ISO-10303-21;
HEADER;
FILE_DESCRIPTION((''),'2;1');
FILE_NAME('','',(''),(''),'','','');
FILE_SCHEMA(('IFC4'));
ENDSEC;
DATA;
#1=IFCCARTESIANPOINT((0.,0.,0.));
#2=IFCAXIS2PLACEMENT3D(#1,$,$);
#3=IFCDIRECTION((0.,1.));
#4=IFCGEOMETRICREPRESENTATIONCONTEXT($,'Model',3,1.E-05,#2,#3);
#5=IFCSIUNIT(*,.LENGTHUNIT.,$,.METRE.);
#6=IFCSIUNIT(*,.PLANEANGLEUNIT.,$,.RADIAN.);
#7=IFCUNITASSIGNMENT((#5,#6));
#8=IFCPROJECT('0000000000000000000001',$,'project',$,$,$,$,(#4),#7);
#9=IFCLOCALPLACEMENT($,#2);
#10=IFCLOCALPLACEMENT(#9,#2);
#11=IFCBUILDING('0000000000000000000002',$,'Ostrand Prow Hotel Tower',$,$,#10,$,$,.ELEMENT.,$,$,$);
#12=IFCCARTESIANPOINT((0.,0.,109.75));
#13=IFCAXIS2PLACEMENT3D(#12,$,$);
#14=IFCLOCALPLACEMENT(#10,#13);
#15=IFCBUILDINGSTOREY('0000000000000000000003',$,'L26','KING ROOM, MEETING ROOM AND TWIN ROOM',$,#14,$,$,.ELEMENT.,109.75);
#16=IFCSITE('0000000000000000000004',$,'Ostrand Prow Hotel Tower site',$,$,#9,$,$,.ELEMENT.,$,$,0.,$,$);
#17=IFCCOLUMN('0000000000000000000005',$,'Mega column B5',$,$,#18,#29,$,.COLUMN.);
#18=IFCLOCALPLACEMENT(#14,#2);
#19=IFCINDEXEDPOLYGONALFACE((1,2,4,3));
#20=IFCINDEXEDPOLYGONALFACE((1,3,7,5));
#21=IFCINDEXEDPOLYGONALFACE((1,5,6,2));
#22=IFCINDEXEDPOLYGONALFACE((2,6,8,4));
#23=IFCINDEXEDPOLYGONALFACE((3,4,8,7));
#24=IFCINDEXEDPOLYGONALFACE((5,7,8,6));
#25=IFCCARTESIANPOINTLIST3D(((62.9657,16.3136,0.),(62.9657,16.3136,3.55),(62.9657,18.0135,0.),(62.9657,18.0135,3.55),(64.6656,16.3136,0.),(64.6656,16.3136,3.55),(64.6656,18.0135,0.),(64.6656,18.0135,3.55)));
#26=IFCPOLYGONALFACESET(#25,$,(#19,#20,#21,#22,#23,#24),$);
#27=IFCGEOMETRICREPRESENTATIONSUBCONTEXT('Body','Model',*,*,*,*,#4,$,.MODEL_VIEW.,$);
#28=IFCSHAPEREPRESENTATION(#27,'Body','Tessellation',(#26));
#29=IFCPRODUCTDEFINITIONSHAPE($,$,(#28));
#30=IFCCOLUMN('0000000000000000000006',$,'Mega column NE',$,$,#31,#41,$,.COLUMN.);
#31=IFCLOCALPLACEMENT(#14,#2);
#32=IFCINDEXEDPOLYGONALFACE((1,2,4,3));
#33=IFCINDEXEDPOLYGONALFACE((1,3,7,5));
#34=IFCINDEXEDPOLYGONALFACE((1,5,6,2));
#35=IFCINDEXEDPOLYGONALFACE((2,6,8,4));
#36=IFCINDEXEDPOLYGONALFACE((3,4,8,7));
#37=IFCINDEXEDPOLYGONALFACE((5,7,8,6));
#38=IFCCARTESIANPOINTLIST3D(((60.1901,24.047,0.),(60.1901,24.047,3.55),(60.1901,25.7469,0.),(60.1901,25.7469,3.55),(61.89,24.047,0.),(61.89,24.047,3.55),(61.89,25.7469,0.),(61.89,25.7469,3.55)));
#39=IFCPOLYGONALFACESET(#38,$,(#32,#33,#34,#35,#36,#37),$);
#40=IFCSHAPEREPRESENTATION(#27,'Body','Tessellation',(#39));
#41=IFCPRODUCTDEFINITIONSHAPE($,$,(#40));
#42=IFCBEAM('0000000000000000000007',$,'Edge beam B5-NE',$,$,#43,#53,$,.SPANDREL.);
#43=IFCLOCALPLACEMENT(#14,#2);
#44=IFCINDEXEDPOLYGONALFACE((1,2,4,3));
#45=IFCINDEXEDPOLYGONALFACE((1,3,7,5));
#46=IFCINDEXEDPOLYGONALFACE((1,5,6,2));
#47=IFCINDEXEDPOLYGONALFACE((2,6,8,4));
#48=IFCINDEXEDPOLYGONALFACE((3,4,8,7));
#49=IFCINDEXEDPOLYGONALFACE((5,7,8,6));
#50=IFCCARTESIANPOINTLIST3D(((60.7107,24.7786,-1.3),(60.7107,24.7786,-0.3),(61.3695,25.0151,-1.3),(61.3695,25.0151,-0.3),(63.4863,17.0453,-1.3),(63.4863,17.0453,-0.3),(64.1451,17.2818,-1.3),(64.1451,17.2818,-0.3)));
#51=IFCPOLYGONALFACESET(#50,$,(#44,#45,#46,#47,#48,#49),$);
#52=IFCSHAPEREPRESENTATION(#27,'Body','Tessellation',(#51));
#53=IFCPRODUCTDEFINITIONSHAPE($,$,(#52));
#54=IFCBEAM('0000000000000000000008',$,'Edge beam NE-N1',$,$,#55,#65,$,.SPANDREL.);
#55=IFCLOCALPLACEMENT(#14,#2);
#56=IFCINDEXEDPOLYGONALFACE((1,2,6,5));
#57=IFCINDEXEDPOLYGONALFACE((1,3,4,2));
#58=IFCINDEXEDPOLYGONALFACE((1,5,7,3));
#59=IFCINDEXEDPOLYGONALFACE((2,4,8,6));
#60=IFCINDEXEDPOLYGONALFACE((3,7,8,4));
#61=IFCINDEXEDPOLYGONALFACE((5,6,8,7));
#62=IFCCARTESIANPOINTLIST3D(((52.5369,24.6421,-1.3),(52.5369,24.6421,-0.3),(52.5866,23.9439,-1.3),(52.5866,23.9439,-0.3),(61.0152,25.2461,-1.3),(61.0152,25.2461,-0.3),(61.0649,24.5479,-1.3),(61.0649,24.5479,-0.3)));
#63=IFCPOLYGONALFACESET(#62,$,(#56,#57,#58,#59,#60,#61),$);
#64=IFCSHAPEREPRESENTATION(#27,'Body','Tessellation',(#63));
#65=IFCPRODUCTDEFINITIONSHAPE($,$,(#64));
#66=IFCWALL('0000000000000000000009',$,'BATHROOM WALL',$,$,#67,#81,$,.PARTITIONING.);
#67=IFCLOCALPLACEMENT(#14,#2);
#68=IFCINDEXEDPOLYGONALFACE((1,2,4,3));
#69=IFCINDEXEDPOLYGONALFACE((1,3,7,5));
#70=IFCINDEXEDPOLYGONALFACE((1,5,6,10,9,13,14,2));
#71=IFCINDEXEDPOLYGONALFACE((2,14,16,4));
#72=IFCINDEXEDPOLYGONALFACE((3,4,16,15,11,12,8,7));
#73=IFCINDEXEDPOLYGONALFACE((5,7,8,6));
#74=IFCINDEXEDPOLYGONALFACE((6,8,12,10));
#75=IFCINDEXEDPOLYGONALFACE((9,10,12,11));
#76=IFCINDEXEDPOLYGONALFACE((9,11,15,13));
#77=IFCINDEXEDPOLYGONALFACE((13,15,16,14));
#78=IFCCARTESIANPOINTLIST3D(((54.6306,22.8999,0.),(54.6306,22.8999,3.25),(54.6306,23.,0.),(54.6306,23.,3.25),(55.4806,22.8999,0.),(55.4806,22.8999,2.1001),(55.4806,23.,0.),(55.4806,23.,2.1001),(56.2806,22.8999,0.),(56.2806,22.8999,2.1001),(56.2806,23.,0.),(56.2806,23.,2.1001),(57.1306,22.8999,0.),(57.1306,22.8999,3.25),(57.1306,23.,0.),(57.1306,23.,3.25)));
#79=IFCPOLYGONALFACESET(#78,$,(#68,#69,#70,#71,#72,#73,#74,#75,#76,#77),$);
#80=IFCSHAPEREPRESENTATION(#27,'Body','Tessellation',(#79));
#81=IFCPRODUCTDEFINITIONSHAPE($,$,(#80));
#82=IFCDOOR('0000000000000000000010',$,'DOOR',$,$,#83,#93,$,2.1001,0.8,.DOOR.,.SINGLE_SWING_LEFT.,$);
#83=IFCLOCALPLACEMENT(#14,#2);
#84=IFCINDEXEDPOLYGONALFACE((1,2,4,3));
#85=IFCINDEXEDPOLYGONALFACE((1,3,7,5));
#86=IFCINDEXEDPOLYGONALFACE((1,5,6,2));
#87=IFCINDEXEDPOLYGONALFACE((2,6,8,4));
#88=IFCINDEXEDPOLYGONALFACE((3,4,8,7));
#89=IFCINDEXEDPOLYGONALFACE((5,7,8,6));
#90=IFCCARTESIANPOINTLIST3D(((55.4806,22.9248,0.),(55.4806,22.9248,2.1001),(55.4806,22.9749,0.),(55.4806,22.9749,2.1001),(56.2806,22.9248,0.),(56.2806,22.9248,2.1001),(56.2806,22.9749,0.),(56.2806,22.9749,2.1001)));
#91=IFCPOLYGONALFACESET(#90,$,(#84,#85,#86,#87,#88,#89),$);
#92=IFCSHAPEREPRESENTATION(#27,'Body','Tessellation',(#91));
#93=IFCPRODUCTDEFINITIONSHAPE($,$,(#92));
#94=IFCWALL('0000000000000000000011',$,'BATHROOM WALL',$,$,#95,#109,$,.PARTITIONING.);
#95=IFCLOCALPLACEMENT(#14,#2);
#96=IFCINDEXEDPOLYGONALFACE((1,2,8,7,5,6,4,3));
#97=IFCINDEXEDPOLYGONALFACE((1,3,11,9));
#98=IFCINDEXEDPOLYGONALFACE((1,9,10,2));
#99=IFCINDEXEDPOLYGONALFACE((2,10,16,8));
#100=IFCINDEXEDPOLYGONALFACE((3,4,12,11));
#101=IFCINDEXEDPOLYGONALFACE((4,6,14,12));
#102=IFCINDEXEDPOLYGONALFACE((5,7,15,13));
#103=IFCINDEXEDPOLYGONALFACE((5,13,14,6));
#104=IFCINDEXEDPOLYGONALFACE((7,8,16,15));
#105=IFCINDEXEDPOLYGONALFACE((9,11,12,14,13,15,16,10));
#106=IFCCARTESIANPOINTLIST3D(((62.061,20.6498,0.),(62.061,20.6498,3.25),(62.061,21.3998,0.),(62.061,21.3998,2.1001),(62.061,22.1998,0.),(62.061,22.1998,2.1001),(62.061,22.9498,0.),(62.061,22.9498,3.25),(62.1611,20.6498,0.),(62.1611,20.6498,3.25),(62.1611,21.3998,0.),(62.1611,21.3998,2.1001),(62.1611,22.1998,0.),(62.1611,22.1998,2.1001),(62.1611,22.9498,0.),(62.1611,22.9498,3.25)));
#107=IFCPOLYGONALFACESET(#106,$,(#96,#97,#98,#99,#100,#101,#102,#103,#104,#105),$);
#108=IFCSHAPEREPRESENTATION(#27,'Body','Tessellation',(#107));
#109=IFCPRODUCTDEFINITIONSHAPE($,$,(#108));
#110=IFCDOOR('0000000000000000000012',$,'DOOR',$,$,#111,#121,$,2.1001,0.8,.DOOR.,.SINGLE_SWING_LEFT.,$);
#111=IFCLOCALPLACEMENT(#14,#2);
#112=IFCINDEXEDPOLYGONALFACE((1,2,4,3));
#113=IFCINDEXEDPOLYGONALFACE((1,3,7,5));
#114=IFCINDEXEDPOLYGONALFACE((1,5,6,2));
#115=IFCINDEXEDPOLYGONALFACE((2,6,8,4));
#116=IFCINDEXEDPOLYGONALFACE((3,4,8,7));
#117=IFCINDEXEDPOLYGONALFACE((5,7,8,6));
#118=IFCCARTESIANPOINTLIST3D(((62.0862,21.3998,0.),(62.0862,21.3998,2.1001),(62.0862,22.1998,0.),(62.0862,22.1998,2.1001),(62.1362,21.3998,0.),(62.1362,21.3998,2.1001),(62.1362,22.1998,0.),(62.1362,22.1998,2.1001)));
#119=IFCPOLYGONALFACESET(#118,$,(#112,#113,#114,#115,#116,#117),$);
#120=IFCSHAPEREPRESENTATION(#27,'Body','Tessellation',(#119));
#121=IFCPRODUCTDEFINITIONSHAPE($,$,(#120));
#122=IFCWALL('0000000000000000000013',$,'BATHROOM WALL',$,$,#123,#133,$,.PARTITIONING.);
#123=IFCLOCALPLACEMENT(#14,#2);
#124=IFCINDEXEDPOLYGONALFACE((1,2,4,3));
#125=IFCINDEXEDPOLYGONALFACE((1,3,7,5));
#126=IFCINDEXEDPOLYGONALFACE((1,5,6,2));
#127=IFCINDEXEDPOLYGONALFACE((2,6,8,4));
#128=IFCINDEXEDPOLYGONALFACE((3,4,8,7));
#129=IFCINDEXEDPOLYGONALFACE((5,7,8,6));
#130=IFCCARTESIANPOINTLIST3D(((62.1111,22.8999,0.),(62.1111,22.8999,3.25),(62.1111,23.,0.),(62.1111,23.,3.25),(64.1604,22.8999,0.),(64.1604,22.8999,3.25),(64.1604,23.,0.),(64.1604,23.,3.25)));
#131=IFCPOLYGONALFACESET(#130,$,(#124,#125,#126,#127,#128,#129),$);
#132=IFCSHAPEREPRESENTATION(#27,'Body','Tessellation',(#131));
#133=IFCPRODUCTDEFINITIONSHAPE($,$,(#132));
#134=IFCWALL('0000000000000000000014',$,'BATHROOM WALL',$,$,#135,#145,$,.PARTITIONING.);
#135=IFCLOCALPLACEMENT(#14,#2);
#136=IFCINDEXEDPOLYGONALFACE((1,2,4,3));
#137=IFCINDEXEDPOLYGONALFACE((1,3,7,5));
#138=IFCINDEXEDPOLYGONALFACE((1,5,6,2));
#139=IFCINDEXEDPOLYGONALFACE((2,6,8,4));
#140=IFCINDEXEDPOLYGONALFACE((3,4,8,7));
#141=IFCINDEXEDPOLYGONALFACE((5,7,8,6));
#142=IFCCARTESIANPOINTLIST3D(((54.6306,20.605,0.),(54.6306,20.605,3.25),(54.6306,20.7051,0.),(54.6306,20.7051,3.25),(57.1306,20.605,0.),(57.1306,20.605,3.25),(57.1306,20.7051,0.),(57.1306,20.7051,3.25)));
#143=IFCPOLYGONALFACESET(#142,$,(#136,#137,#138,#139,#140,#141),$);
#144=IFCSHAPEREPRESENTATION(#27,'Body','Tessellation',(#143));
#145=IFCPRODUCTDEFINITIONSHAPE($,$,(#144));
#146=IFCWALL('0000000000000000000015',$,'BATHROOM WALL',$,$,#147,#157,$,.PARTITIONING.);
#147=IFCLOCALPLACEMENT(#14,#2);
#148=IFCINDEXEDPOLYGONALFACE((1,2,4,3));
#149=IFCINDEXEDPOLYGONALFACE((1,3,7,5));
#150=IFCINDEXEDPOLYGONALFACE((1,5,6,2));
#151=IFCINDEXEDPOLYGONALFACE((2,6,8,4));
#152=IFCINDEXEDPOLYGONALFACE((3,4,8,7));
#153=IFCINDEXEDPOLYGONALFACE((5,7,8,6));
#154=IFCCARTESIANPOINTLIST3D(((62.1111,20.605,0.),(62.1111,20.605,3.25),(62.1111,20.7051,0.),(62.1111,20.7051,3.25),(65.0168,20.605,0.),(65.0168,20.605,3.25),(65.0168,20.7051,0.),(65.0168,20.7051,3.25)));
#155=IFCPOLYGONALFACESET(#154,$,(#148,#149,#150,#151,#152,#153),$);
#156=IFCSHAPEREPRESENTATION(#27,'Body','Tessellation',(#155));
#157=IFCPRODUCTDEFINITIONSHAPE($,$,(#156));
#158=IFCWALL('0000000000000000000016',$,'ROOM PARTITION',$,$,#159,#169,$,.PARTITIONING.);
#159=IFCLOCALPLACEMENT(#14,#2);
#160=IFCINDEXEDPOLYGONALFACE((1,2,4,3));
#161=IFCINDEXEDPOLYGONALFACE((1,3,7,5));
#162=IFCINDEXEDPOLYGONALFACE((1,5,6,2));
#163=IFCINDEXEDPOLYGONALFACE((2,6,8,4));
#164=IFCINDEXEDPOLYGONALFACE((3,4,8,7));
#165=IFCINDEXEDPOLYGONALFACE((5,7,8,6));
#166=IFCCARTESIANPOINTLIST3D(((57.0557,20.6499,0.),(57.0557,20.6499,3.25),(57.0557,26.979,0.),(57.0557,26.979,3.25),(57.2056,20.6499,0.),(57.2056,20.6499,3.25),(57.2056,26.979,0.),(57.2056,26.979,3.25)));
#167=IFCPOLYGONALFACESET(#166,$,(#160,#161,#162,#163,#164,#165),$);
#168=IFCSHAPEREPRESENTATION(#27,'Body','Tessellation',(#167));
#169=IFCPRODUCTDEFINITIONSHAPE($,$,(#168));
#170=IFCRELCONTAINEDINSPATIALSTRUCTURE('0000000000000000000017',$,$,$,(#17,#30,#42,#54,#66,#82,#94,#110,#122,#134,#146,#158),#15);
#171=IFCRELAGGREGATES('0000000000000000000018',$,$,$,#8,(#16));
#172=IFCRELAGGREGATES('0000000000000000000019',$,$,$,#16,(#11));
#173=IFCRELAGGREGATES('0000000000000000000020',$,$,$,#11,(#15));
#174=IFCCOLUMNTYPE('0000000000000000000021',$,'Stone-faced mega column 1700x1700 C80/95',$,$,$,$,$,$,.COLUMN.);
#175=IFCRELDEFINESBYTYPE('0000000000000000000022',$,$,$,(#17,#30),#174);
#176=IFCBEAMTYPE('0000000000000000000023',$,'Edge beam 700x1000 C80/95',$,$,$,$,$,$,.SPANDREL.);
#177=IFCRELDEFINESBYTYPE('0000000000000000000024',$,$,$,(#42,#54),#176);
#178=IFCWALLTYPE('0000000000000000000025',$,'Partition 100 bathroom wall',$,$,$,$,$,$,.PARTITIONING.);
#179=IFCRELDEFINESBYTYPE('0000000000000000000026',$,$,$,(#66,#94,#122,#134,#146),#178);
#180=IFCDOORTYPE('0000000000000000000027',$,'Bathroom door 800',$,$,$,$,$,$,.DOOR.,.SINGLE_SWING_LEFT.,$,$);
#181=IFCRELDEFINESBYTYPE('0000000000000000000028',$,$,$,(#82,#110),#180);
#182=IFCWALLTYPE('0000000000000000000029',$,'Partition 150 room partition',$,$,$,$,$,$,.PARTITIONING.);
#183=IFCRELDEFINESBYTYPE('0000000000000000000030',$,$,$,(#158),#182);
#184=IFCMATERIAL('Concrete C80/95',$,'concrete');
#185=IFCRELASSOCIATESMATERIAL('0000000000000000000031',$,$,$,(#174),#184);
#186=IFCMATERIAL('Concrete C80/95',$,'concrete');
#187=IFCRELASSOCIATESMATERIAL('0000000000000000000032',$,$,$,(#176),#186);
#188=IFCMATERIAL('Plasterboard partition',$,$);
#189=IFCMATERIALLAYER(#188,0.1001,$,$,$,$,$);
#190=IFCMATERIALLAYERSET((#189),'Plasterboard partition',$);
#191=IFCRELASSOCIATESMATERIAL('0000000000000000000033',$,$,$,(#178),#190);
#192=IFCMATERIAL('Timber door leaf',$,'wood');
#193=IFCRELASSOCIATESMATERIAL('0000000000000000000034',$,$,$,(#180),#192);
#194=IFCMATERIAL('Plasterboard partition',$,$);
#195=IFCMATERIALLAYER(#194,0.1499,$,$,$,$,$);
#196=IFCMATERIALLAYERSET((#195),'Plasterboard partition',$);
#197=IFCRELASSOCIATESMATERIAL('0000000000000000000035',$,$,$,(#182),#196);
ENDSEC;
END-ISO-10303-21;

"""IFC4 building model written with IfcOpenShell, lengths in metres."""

from ifc_helpers import new_model, si_unit, direction, frame, frame_2d, origin, origin_2d, place, context, subcontext, project, spatial, rectangle, extrude, material, layer, layer_set, material_profile, profile_set, type_object, element, fill, save


model = new_model("IFC4")

# Units and contexts
model_context = context("Model", 3, precision=1e-05, world=origin(), true_north=direction((0.0, 1.0)))
body_context = subcontext(model_context, "Body", "Model", "MODEL_VIEW")
ifc_project = project(units=[si_unit("LENGTHUNIT", "METRE"), si_unit("PLANEANGLEUNIT", "RADIAN")], contexts=[model_context])

# Site, building, storey
site_placement = place(None, origin())
site = spatial("IfcSite", under=ifc_project, at=site_placement, Name="Ostrand Prow Hotel Tower site", CompositionType="ELEMENT", RefElevation=0.0)
building_placement = place(site_placement, origin())
building = spatial("IfcBuilding", under=site, at=building_placement, Name="Ostrand Prow Hotel Tower", CompositionType="ELEMENT")
storey_placement = place(building_placement, frame((0.0, 0.0, 109.75)))
storey = spatial("IfcBuildingStorey", under=building, at=storey_placement, Name="L26", Description="KING ROOM, MEETING ROOM AND TWIN ROOM", CompositionType="ELEMENT", Elevation=109.75)

# Columns
ifc_material_1 = material(Name="Concrete C80/95", Category="concrete")
ifc_material_profile_1 = material_profile(ifc_material_1, rectangle(XDim=1.7, YDim=1.7, at=origin_2d()), Name="RC 1700x1700")
ifc_profile_set_1 = profile_set([ifc_material_profile_1], Name="Concrete C80/95")
column_type = type_object("IfcColumnType", Name="Stone-faced mega column 1700x1700 C80/95", PredefinedType="COLUMN", material=ifc_profile_set_1)
for number, where, z_axis, x_axis, name in (
    (1, (63.8157, 17.1636, 0.0), (0.0, 0.0, 1.0), (1.0, 0.0, 0.0), "Mega column B5"),
    (2, (61.04, 24.897, 0.0), (0.0, 0.0, 1.0), (1.0, 0.0, 0.0), "Mega column NE"),
):
    element("IfcColumn", number, at=place(storey_placement, frame(where, z_axis=z_axis, x_axis=x_axis)), inside=storey, type_object=column_type, Name=name, PredefinedType="COLUMN", context=body_context, shape_type="SweptSolid", body=[
        extrude(rectangle(XDim=1.7, YDim=1.7, at=origin_2d()), origin(), (0.0, 0.0, 1.0), 3.55),
    ])

# Beams
ifc_material_2 = material(Name="Concrete C80/95", Category="concrete")
ifc_material_profile_2 = material_profile(ifc_material_2, rectangle(XDim=0.7, YDim=1.0, at=origin_2d()), Name="RC 700x1000")
ifc_profile_set_2 = profile_set([ifc_material_profile_2], Name="Concrete C80/95")
beam_type = type_object("IfcBeamType", Name="Edge beam 700x1000 C80/95", PredefinedType="SPANDREL", material=ifc_profile_set_2)
beam_1_placement = place(storey_placement, frame((63.8157, 17.1636, -0.8), z_axis=(-0.337815, 0.941212, 0.0), x_axis=(-0.941212, -0.337815, 0.0)))
element("IfcBeam", 3, at=beam_1_placement, inside=storey, type_object=beam_type, Name="Edge beam B5-NE", PredefinedType="SPANDREL", context=body_context, shape_type="SweptSolid", body=[
    extrude(rectangle(XDim=0.7, YDim=1.0, at=origin_2d()), origin(), (0.0, 0.0, 1.0), 8.2163),
])
beam_2_placement = place(storey_placement, frame((61.04, 24.897, -0.8), z_axis=(-0.997472, -0.071061, 0.0), x_axis=(0.071061, -0.997472, 0.0)))
element("IfcBeam", 4, at=beam_2_placement, inside=storey, type_object=beam_type, Name="Edge beam NE-N1", PredefinedType="SPANDREL", context=body_context, shape_type="SweptSolid", body=[
    extrude(rectangle(XDim=0.7, YDim=1.0, at=origin_2d()), origin(), (0.0, 0.0, 1.0), 8.4998),
])

# Walls, openings, doors
ifc_material_3 = material(Name="Plasterboard partition")
ifc_layer_1 = layer(ifc_material_3, 0.1001)
ifc_layer_set_1 = layer_set([ifc_layer_1], Name="Plasterboard partition")
wall_type_1 = type_object("IfcWallType", Name="Partition 100 bathroom wall", PredefinedType="PARTITIONING", material=ifc_layer_set_1)
wall_1_placement = place(storey_placement, frame((54.6306, 22.95, 0.0), z_axis=(0.0, 0.0, 1.0), x_axis=(1.0, 0.0, 0.0)))
wall_1 = element("IfcWall", 5, at=wall_1_placement, inside=storey, type_object=wall_type_1, Name="BATHROOM WALL", PredefinedType="PARTITIONING", context=body_context, shape_type="SweptSolid", body=[
    extrude(rectangle(XDim=2.5, YDim=0.1001, at=frame_2d((1.25, 0.0))), origin(), (0.0, 0.0, 1.0), 3.25),
])
opening_1_placement = place(wall_1_placement, frame((0.8501, 0.0, 0.0)))
opening_1 = element("IfcOpeningElement", 6, at=opening_1_placement, cuts=wall_1, PredefinedType="OPENING", context=body_context, shape_type="SweptSolid", body=[
    extrude(rectangle(XDim=0.8, YDim=2.1001, at=frame_2d((0.3999, 1.05))), frame((0.0, 0.0601, 0.0), z_axis=(0.0, -1.0, 0.0), x_axis=(1.0, 0.0, 0.0)), (0.0, 0.0, 1.0), 0.1201),
])
ifc_material_4 = material(Name="Timber door leaf", Category="wood")
door_type_1 = type_object("IfcDoorType", Name="Bathroom door 800", OperationType="SINGLE_SWING_LEFT", PredefinedType="DOOR", material=ifc_material_4)
door_1_placement = place(opening_1_placement, origin())
door_1 = element("IfcDoor", 7, at=door_1_placement, inside=storey, type_object=door_type_1, Name="DOOR", OperationType="SINGLE_SWING_LEFT", OverallHeight=2.1001, OverallWidth=0.8, PredefinedType="DOOR", context=body_context, shape_type="SweptSolid", body=[
    extrude(rectangle(XDim=0.8, YDim=2.1001, at=frame_2d((0.3999, 1.05))), frame((0.0, 0.0249, 0.0), z_axis=(0.0, -1.0, 0.0), x_axis=(1.0, 0.0, 0.0)), (0.0, 0.0, 1.0), 0.05),
])
fill(opening_1, door_1)
wall_2_placement = place(storey_placement, frame((62.1111, 20.6499, 0.0), z_axis=(0.0, 0.0, 1.0), x_axis=(0.0, 1.0, 0.0)))
wall_2 = element("IfcWall", 8, at=wall_2_placement, inside=storey, type_object=wall_type_1, Name="BATHROOM WALL", PredefinedType="PARTITIONING", context=body_context, shape_type="SweptSolid", body=[
    extrude(rectangle(XDim=2.3, YDim=0.1001, at=frame_2d((1.1499, 0.0))), origin(), (0.0, 0.0, 1.0), 3.25),
])
opening_2_placement = place(wall_2_placement, frame((0.75, 0.0, 0.0)))
opening_2 = element("IfcOpeningElement", 9, at=opening_2_placement, cuts=wall_2, PredefinedType="OPENING", context=body_context, shape_type="SweptSolid", body=[
    extrude(rectangle(XDim=0.8, YDim=2.1001, at=frame_2d((0.3999, 1.05))), frame((0.0, 0.0601, 0.0), z_axis=(0.0, -1.0, 0.0), x_axis=(1.0, 0.0, 0.0)), (0.0, 0.0, 1.0), 0.1201),
])
door_2_placement = place(opening_2_placement, origin())
door_2 = element("IfcDoor", 10, at=door_2_placement, inside=storey, type_object=door_type_1, Name="DOOR", OperationType="SINGLE_SWING_LEFT", OverallHeight=2.1001, OverallWidth=0.8, PredefinedType="DOOR", context=body_context, shape_type="SweptSolid", body=[
    extrude(rectangle(XDim=0.8, YDim=2.1001, at=frame_2d((0.3999, 1.05))), frame((0.0, 0.0249, 0.0), z_axis=(0.0, -1.0, 0.0), x_axis=(1.0, 0.0, 0.0)), (0.0, 0.0, 1.0), 0.05),
])
fill(opening_2, door_2)

# Walls
wall_3_placement = place(storey_placement, frame((62.1111, 22.95, 0.0), z_axis=(0.0, 0.0, 1.0), x_axis=(1.0, 0.0, 0.0)))
element("IfcWall", 11, at=wall_3_placement, inside=storey, type_object=wall_type_1, Name="BATHROOM WALL", PredefinedType="PARTITIONING", context=body_context, shape_type="SweptSolid", body=[
    extrude(rectangle(XDim=2.0493, YDim=0.1001, at=frame_2d((1.0247, 0.0))), origin(), (0.0, 0.0, 1.0), 3.25),
])
wall_4_placement = place(storey_placement, frame((57.1306, 20.655, 0.0), z_axis=(0.0, 0.0, 1.0), x_axis=(-1.0, 0.0, 0.0)))
element("IfcWall", 12, at=wall_4_placement, inside=storey, type_object=wall_type_1, Name="BATHROOM WALL", PredefinedType="PARTITIONING", context=body_context, shape_type="SweptSolid", body=[
    extrude(rectangle(XDim=2.5, YDim=0.1001, at=frame_2d((1.25, 0.0))), origin(), (0.0, 0.0, 1.0), 3.25),
])
wall_5_placement = place(storey_placement, frame((65.0168, 20.655, 0.0), z_axis=(0.0, 0.0, 1.0), x_axis=(-1.0, 0.0, 0.0)))
element("IfcWall", 13, at=wall_5_placement, inside=storey, type_object=wall_type_1, Name="BATHROOM WALL", PredefinedType="PARTITIONING", context=body_context, shape_type="SweptSolid", body=[
    extrude(rectangle(XDim=2.9058, YDim=0.1001, at=frame_2d((1.4529, 0.0))), origin(), (0.0, 0.0, 1.0), 3.25),
])
ifc_material_5 = material(Name="Plasterboard partition")
ifc_layer_2 = layer(ifc_material_5, 0.1499)
ifc_layer_set_2 = layer_set([ifc_layer_2], Name="Plasterboard partition")
wall_type_2 = type_object("IfcWallType", Name="Partition 150 room partition", PredefinedType="PARTITIONING", material=ifc_layer_set_2)
wall_6_placement = place(storey_placement, frame((57.1306, 20.6499, 0.0), z_axis=(0.0, 0.0, 1.0), x_axis=(0.0, 1.0, 0.0)))
element("IfcWall", 14, at=wall_6_placement, inside=storey, type_object=wall_type_2, Name="ROOM PARTITION", PredefinedType="PARTITIONING", context=body_context, shape_type="SweptSolid", body=[
    extrude(rectangle(XDim=6.3291, YDim=0.1499, at=frame_2d((3.1646, 0.0))), origin(), (0.0, 0.0, 1.0), 3.25),
])

save(model, "model.ifc")
